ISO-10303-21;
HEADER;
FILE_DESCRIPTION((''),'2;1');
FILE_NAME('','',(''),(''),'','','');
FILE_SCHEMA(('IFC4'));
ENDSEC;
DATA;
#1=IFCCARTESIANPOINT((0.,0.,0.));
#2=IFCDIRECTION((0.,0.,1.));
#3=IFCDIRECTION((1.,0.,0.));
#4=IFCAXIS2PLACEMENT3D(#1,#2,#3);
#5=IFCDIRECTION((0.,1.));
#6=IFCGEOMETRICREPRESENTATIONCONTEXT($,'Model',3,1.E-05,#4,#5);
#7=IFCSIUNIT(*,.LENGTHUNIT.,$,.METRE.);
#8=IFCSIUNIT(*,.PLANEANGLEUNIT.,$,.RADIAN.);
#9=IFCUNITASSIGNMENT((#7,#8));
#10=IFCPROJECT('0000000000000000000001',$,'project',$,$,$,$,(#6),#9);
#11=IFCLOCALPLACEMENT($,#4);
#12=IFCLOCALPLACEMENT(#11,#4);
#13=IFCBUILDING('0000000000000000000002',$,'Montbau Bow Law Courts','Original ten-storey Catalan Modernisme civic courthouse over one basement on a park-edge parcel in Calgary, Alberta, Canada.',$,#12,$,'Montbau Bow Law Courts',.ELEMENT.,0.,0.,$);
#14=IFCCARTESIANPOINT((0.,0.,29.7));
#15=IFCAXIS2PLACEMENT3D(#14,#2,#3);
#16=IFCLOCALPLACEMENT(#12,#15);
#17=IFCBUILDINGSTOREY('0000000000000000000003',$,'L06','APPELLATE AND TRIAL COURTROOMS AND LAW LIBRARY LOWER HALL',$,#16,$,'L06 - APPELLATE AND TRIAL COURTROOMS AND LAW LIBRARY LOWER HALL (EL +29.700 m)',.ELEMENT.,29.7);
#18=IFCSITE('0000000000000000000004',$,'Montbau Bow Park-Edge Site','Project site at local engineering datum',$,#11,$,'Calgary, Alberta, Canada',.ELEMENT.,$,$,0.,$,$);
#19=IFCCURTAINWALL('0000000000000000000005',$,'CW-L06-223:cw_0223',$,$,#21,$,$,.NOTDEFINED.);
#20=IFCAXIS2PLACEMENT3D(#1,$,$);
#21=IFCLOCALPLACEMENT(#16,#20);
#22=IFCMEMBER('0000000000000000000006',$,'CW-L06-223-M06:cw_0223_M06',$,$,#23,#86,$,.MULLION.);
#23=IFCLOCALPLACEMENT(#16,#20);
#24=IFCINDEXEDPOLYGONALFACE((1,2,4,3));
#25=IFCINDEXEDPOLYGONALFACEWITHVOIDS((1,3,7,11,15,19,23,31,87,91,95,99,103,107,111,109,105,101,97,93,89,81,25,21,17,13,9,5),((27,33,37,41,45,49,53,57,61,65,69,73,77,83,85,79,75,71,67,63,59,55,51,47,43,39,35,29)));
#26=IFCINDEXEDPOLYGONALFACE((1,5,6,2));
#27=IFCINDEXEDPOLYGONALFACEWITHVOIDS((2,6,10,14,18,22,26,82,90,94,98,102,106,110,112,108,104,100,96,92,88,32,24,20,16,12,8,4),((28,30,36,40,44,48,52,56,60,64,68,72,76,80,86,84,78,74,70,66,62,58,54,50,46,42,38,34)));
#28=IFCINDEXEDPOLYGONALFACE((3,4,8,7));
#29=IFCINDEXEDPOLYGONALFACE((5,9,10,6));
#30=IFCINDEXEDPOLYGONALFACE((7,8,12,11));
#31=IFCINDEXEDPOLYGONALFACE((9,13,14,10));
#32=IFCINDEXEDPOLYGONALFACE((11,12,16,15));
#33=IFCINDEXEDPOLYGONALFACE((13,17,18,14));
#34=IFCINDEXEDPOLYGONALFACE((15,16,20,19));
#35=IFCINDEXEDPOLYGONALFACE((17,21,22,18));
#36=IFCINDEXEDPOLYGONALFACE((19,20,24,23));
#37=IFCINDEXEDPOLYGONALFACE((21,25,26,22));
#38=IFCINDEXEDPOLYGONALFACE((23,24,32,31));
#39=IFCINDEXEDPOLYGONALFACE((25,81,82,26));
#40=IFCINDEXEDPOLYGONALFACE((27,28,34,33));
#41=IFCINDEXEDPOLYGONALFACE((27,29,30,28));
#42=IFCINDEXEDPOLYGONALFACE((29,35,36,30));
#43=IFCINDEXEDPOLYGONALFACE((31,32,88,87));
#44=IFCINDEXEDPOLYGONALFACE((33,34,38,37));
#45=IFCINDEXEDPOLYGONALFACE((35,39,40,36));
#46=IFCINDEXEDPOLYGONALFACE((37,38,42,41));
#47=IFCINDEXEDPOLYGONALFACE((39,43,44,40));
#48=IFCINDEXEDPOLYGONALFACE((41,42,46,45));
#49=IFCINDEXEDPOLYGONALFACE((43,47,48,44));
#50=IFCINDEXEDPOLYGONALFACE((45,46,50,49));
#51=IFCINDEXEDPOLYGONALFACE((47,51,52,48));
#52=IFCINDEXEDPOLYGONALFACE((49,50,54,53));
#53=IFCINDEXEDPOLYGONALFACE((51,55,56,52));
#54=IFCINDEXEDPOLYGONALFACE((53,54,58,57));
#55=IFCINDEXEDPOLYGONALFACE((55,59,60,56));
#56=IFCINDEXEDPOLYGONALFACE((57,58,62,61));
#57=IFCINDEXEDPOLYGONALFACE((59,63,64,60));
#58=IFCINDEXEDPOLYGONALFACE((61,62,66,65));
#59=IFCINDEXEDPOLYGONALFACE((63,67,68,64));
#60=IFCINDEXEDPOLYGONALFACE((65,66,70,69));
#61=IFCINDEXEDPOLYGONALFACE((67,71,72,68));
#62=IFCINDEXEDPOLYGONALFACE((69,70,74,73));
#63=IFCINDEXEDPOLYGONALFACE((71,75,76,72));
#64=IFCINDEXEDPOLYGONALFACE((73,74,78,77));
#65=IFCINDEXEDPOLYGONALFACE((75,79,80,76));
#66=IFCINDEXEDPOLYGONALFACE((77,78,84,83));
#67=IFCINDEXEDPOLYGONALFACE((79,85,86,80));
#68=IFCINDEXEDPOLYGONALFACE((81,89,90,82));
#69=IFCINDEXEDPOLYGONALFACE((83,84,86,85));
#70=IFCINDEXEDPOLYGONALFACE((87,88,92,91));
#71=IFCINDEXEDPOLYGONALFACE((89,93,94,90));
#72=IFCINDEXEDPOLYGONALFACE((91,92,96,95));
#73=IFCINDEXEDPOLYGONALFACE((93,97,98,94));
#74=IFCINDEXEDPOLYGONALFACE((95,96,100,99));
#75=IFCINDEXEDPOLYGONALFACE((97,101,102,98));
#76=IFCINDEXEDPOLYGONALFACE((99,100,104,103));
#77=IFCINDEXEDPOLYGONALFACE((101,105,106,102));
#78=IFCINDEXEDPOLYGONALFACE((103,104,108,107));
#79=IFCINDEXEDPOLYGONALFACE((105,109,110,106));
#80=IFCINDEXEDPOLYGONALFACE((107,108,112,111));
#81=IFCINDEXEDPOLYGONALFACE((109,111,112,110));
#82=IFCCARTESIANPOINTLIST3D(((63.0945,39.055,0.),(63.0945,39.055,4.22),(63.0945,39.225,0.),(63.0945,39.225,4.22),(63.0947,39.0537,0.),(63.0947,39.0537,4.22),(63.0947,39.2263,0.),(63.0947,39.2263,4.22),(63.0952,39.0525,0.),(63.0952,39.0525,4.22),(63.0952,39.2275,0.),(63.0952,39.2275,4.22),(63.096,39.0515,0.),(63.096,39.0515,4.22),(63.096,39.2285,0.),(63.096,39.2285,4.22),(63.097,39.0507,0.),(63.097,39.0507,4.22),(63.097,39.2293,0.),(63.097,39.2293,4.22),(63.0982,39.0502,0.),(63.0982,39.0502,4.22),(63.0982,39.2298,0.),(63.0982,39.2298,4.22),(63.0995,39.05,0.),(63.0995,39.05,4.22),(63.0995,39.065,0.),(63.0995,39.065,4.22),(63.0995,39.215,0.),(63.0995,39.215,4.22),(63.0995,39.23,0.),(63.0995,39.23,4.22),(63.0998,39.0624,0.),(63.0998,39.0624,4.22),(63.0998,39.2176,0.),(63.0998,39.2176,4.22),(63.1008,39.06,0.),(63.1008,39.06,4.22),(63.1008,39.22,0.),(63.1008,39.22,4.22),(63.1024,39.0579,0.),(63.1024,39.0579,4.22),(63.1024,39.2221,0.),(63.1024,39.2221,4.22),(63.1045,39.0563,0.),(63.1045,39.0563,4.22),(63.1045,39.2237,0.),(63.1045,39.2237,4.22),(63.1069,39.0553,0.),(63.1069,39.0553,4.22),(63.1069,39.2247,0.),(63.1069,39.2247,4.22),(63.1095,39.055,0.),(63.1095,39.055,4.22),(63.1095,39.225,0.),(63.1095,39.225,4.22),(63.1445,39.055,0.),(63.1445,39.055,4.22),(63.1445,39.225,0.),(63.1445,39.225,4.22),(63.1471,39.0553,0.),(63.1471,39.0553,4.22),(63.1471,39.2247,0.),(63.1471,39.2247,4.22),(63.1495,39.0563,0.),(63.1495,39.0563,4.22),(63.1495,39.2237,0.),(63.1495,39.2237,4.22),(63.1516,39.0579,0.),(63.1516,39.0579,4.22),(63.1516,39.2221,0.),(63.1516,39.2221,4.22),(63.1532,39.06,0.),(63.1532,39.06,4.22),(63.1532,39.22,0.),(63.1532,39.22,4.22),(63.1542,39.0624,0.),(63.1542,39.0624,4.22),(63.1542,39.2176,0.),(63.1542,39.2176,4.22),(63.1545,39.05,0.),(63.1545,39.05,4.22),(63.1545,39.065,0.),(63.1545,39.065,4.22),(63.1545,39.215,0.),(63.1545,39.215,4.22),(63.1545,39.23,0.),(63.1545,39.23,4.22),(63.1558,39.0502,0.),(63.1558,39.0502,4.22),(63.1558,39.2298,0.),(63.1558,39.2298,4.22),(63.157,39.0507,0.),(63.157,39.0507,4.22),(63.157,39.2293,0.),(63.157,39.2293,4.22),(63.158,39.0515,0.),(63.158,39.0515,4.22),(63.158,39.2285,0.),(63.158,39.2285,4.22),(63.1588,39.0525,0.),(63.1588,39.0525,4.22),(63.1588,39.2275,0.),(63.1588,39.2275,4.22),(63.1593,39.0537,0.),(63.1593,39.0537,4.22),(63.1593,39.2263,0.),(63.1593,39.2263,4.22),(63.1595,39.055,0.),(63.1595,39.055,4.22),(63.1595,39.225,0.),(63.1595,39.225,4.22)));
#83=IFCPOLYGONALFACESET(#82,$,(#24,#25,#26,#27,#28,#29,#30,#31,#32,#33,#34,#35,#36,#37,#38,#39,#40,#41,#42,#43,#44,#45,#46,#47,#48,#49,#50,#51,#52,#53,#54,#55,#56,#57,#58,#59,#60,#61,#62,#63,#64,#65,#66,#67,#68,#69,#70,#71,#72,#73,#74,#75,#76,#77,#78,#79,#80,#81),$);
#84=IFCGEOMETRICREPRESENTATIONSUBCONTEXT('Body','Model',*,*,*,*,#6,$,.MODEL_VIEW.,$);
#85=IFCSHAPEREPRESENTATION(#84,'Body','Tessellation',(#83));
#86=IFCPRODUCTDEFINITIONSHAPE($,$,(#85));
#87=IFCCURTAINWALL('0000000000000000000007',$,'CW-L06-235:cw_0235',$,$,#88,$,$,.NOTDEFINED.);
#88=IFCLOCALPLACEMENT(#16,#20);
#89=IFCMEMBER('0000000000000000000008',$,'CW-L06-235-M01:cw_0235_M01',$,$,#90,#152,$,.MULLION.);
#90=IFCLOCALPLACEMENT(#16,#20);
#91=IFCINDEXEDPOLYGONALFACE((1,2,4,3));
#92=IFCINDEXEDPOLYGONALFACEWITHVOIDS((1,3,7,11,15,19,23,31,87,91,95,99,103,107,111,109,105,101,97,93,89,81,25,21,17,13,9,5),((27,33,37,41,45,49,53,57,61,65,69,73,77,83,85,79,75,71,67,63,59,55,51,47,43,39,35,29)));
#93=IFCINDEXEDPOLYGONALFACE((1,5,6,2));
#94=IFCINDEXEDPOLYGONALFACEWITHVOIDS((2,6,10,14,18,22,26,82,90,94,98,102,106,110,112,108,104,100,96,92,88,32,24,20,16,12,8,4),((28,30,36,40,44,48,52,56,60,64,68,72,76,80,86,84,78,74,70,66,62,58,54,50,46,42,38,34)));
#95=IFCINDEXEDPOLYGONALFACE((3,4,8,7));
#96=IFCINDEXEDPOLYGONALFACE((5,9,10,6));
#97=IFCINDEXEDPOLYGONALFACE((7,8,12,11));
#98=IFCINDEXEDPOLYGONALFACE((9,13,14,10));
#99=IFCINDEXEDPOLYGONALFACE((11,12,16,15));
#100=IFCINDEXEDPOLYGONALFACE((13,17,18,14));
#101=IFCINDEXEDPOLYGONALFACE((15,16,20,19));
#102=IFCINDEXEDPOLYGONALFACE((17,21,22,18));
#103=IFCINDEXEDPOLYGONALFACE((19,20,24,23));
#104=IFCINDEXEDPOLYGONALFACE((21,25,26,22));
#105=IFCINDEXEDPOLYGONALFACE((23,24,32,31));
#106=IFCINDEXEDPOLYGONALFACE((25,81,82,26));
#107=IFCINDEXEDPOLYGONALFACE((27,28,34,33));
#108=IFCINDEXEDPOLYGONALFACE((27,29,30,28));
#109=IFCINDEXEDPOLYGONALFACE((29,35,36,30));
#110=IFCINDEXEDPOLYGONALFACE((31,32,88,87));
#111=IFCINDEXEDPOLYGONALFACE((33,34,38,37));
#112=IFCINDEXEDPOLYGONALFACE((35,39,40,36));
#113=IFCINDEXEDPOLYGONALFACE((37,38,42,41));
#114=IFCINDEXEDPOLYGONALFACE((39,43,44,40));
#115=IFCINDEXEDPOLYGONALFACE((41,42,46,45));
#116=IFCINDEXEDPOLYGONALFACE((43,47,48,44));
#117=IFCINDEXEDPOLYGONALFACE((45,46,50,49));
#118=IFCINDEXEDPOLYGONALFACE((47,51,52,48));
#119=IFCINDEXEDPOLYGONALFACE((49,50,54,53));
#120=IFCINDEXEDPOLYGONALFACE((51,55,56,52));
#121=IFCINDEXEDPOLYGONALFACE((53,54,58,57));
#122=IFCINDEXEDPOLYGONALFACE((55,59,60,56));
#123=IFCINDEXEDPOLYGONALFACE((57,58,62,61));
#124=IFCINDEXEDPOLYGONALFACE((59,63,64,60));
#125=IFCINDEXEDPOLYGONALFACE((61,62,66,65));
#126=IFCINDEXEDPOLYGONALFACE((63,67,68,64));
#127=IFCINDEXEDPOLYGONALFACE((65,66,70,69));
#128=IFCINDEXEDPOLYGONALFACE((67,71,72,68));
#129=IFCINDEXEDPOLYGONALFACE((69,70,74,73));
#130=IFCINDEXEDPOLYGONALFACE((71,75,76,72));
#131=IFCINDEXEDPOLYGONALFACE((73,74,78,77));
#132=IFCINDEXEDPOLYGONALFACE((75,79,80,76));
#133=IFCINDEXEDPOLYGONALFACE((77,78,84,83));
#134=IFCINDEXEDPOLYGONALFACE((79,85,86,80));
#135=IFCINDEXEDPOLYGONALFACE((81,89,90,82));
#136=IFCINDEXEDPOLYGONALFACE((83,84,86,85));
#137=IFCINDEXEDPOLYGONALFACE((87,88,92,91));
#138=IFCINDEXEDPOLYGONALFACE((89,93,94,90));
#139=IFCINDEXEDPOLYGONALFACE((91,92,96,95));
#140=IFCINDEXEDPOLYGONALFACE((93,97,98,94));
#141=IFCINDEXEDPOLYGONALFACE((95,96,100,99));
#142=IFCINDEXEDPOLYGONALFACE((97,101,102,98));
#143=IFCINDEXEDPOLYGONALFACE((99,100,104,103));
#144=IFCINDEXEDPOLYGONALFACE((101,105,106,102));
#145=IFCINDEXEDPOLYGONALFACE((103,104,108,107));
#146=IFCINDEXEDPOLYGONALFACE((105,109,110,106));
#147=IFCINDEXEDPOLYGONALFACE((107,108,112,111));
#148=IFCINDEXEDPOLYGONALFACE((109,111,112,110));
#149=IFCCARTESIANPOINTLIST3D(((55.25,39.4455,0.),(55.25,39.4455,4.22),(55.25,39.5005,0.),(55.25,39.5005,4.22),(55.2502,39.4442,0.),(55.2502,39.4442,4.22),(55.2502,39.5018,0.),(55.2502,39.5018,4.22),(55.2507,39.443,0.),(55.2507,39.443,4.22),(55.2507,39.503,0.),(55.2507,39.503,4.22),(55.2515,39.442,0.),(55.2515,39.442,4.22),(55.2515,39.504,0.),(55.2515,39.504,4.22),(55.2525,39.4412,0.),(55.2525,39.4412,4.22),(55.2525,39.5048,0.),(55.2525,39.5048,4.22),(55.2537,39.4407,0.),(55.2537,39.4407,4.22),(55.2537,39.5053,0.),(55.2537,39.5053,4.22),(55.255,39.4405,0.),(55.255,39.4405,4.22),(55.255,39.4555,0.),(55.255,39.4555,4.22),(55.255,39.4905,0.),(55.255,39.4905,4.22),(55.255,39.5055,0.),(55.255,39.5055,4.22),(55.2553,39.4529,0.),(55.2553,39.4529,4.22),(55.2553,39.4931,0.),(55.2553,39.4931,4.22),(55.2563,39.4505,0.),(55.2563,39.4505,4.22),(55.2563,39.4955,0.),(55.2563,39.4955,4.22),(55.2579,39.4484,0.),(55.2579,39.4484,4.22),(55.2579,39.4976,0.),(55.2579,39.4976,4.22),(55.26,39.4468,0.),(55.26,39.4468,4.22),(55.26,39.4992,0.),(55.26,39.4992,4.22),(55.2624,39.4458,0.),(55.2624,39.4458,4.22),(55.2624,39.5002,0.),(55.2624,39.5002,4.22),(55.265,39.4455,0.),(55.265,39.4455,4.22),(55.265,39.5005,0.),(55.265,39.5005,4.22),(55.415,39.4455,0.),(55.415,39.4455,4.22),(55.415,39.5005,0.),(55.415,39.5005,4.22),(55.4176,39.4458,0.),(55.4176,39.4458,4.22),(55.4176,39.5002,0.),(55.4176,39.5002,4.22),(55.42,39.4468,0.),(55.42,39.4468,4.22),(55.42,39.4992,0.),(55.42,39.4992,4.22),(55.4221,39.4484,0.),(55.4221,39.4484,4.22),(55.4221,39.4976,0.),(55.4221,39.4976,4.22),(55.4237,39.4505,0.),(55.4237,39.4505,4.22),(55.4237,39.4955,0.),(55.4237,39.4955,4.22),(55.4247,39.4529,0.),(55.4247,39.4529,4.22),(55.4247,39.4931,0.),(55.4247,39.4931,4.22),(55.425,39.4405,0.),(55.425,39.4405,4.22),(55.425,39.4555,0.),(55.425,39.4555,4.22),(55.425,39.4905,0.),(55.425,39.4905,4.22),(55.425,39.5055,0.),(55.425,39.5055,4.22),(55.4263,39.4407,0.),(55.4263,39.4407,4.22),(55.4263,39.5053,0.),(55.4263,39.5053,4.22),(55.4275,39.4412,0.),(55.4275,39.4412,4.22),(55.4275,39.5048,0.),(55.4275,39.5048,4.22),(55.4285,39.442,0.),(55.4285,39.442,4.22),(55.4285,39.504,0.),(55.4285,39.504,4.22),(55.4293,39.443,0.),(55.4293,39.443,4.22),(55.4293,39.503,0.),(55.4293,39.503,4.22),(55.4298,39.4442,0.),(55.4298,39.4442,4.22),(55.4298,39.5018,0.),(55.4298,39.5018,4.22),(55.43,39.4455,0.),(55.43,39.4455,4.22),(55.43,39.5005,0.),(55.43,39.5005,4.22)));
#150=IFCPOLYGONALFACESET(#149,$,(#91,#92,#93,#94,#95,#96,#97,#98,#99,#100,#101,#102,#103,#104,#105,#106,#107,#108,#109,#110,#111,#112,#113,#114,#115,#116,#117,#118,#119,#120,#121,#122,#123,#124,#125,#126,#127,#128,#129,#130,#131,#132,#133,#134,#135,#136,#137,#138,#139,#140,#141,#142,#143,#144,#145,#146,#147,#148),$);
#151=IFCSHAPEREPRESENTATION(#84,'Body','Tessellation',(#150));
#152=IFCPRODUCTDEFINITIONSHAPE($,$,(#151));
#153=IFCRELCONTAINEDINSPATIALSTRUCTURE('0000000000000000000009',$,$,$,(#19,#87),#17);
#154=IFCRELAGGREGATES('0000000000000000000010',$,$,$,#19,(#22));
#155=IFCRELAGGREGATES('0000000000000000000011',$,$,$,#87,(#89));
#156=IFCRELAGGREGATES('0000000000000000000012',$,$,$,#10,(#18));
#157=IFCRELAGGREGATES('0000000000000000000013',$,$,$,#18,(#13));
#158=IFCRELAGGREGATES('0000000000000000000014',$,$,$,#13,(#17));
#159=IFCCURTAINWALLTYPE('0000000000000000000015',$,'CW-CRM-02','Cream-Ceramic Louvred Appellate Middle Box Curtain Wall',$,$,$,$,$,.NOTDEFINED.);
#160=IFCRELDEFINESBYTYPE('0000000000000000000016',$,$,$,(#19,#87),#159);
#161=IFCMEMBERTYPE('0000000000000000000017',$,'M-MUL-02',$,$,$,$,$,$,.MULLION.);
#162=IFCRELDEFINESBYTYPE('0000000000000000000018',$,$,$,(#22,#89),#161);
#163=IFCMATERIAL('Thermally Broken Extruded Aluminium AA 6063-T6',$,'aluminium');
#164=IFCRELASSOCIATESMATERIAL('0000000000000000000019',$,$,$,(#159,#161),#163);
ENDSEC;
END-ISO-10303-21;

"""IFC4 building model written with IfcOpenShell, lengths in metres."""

from ifc_helpers import new_model, si_unit, direction, frame, origin_with_axes, origin_2d_with_axis, place, context, subcontext, project, spatial, hollow_rectangle, extrude, material, material_profile, profile_set, type_object, element, aggregate, save


model = new_model("IFC4")

# Units and contexts
model_context = context("Model", 3, precision=1e-05, world=origin_with_axes(), true_north=direction((0.0, 1.0)))
body_context = subcontext(model_context, "Body", "Model", "MODEL_VIEW")
ifc_project = project(units=[si_unit("LENGTHUNIT", "METRE"), si_unit("PLANEANGLEUNIT", "RADIAN")], contexts=[model_context])

# Site, building, storey
site_placement = place(None, origin_with_axes())
site = spatial("IfcSite", under=ifc_project, at=site_placement, Name="Montbau Bow Park-Edge Site", Description="Project site at local engineering datum", LongName="Calgary, Alberta, Canada", CompositionType="ELEMENT", RefElevation=0.0)
building_placement = place(site_placement, origin_with_axes())
building = spatial("IfcBuilding", under=site, at=building_placement, Name="Montbau Bow Law Courts", Description="Original ten-storey Catalan Modernisme civic courthouse over one basement on a park-edge parcel in Calgary, Alberta, Canada.", LongName="Montbau Bow Law Courts", CompositionType="ELEMENT", ElevationOfRefHeight=0.0, ElevationOfTerrain=0.0)
storey_placement = place(building_placement, frame((0.0, 0.0, 29.7), z_axis=(0.0, 0.0, 1.0), x_axis=(1.0, 0.0, 0.0)))
storey = spatial("IfcBuildingStorey", under=building, at=storey_placement, Name="L06", Description="APPELLATE AND TRIAL COURTROOMS AND LAW LIBRARY LOWER HALL", LongName="L06 - APPELLATE AND TRIAL COURTROOMS AND LAW LIBRARY LOWER HALL (EL +29.700 m)", CompositionType="ELEMENT", Elevation=29.7)

# Curtain wall, member
ifc_material_1 = material(Name="Thermally Broken Extruded Aluminium AA 6063-T6", Category="aluminium")
curtain_wall_type = type_object("IfcCurtainWallType", Name="CW-CRM-02", Description="Cream-Ceramic Louvred Appellate Middle Box Curtain Wall", PredefinedType="NOTDEFINED", material=ifc_material_1)
curtain_wall_1_placement = place(None, frame((55.64, 39.14, 29.7), z_axis=(0.0, 0.0, 1.0), x_axis=(1.0, 0.0, 0.0)))
curtain_wall_1 = element("IfcCurtainWall", 1, at=curtain_wall_1_placement, inside=storey, type_object=curtain_wall_type, Name="CW-L06-223:cw_0223", PredefinedType="NOTDEFINED")
ifc_material_profile_1 = material_profile(ifc_material_1, hollow_rectangle(XDim=0.065, YDim=0.18, WallThickness=0.005, InnerFilletRadius=0.01, OuterFilletRadius=0.005, at=origin_2d_with_axis()), Name="CWM-180X65", Category="Main", Priority=0)
ifc_profile_set_1 = profile_set([ifc_material_profile_1], Name="Thermally Broken Extruded Aluminium AA 6063-T6")
member_type_1 = type_object("IfcMemberType", Name="M-MUL-02", PredefinedType="MULLION", material=ifc_profile_set_1)
member_1_placement = place(None, frame((63.127, 39.14, 29.7), z_axis=(0.0, 0.0, 1.0), x_axis=(1.0, 0.0, 0.0)))
member_1 = element("IfcMember", 2, at=member_1_placement, type_object=member_type_1, Name="CW-L06-223-M06:cw_0223_M06", PredefinedType="MULLION", context=body_context, shape_type="SweptSolid", body=[
    extrude(hollow_rectangle(XDim=0.065, YDim=0.18, WallThickness=0.005, InnerFilletRadius=0.01, OuterFilletRadius=0.005, at=origin_2d_with_axis()), origin_with_axes(), (0.0, 0.0, 1.0), 4.22),
])

# Curtain wall, member
curtain_wall_2_placement = place(None, frame((55.34, 39.44, 29.7), z_axis=(0.0, 0.0, 1.0), x_axis=(1.0, 0.0, 0.0)))
curtain_wall_2 = element("IfcCurtainWall", 3, at=curtain_wall_2_placement, inside=storey, type_object=curtain_wall_type, Name="CW-L06-235:cw_0235", PredefinedType="NOTDEFINED")
member_2_placement = place(None, frame((55.34, 39.473, 29.7), z_axis=(0.0, 0.0, 1.0), x_axis=(0.0, 1.0, 0.0)))
member_2 = element("IfcMember", 4, at=member_2_placement, type_object=member_type_1, Name="CW-L06-235-M01:cw_0235_M01", PredefinedType="MULLION", context=body_context, shape_type="SweptSolid", body=[
    extrude(hollow_rectangle(XDim=0.065, YDim=0.18, WallThickness=0.005, InnerFilletRadius=0.01, OuterFilletRadius=0.005, at=origin_2d_with_axis()), origin_with_axes(), (0.0, 0.0, 1.0), 4.22),
])

aggregate(curtain_wall_1, [member_1])
aggregate(curtain_wall_2, [member_2])

save(model, "model.ifc")
